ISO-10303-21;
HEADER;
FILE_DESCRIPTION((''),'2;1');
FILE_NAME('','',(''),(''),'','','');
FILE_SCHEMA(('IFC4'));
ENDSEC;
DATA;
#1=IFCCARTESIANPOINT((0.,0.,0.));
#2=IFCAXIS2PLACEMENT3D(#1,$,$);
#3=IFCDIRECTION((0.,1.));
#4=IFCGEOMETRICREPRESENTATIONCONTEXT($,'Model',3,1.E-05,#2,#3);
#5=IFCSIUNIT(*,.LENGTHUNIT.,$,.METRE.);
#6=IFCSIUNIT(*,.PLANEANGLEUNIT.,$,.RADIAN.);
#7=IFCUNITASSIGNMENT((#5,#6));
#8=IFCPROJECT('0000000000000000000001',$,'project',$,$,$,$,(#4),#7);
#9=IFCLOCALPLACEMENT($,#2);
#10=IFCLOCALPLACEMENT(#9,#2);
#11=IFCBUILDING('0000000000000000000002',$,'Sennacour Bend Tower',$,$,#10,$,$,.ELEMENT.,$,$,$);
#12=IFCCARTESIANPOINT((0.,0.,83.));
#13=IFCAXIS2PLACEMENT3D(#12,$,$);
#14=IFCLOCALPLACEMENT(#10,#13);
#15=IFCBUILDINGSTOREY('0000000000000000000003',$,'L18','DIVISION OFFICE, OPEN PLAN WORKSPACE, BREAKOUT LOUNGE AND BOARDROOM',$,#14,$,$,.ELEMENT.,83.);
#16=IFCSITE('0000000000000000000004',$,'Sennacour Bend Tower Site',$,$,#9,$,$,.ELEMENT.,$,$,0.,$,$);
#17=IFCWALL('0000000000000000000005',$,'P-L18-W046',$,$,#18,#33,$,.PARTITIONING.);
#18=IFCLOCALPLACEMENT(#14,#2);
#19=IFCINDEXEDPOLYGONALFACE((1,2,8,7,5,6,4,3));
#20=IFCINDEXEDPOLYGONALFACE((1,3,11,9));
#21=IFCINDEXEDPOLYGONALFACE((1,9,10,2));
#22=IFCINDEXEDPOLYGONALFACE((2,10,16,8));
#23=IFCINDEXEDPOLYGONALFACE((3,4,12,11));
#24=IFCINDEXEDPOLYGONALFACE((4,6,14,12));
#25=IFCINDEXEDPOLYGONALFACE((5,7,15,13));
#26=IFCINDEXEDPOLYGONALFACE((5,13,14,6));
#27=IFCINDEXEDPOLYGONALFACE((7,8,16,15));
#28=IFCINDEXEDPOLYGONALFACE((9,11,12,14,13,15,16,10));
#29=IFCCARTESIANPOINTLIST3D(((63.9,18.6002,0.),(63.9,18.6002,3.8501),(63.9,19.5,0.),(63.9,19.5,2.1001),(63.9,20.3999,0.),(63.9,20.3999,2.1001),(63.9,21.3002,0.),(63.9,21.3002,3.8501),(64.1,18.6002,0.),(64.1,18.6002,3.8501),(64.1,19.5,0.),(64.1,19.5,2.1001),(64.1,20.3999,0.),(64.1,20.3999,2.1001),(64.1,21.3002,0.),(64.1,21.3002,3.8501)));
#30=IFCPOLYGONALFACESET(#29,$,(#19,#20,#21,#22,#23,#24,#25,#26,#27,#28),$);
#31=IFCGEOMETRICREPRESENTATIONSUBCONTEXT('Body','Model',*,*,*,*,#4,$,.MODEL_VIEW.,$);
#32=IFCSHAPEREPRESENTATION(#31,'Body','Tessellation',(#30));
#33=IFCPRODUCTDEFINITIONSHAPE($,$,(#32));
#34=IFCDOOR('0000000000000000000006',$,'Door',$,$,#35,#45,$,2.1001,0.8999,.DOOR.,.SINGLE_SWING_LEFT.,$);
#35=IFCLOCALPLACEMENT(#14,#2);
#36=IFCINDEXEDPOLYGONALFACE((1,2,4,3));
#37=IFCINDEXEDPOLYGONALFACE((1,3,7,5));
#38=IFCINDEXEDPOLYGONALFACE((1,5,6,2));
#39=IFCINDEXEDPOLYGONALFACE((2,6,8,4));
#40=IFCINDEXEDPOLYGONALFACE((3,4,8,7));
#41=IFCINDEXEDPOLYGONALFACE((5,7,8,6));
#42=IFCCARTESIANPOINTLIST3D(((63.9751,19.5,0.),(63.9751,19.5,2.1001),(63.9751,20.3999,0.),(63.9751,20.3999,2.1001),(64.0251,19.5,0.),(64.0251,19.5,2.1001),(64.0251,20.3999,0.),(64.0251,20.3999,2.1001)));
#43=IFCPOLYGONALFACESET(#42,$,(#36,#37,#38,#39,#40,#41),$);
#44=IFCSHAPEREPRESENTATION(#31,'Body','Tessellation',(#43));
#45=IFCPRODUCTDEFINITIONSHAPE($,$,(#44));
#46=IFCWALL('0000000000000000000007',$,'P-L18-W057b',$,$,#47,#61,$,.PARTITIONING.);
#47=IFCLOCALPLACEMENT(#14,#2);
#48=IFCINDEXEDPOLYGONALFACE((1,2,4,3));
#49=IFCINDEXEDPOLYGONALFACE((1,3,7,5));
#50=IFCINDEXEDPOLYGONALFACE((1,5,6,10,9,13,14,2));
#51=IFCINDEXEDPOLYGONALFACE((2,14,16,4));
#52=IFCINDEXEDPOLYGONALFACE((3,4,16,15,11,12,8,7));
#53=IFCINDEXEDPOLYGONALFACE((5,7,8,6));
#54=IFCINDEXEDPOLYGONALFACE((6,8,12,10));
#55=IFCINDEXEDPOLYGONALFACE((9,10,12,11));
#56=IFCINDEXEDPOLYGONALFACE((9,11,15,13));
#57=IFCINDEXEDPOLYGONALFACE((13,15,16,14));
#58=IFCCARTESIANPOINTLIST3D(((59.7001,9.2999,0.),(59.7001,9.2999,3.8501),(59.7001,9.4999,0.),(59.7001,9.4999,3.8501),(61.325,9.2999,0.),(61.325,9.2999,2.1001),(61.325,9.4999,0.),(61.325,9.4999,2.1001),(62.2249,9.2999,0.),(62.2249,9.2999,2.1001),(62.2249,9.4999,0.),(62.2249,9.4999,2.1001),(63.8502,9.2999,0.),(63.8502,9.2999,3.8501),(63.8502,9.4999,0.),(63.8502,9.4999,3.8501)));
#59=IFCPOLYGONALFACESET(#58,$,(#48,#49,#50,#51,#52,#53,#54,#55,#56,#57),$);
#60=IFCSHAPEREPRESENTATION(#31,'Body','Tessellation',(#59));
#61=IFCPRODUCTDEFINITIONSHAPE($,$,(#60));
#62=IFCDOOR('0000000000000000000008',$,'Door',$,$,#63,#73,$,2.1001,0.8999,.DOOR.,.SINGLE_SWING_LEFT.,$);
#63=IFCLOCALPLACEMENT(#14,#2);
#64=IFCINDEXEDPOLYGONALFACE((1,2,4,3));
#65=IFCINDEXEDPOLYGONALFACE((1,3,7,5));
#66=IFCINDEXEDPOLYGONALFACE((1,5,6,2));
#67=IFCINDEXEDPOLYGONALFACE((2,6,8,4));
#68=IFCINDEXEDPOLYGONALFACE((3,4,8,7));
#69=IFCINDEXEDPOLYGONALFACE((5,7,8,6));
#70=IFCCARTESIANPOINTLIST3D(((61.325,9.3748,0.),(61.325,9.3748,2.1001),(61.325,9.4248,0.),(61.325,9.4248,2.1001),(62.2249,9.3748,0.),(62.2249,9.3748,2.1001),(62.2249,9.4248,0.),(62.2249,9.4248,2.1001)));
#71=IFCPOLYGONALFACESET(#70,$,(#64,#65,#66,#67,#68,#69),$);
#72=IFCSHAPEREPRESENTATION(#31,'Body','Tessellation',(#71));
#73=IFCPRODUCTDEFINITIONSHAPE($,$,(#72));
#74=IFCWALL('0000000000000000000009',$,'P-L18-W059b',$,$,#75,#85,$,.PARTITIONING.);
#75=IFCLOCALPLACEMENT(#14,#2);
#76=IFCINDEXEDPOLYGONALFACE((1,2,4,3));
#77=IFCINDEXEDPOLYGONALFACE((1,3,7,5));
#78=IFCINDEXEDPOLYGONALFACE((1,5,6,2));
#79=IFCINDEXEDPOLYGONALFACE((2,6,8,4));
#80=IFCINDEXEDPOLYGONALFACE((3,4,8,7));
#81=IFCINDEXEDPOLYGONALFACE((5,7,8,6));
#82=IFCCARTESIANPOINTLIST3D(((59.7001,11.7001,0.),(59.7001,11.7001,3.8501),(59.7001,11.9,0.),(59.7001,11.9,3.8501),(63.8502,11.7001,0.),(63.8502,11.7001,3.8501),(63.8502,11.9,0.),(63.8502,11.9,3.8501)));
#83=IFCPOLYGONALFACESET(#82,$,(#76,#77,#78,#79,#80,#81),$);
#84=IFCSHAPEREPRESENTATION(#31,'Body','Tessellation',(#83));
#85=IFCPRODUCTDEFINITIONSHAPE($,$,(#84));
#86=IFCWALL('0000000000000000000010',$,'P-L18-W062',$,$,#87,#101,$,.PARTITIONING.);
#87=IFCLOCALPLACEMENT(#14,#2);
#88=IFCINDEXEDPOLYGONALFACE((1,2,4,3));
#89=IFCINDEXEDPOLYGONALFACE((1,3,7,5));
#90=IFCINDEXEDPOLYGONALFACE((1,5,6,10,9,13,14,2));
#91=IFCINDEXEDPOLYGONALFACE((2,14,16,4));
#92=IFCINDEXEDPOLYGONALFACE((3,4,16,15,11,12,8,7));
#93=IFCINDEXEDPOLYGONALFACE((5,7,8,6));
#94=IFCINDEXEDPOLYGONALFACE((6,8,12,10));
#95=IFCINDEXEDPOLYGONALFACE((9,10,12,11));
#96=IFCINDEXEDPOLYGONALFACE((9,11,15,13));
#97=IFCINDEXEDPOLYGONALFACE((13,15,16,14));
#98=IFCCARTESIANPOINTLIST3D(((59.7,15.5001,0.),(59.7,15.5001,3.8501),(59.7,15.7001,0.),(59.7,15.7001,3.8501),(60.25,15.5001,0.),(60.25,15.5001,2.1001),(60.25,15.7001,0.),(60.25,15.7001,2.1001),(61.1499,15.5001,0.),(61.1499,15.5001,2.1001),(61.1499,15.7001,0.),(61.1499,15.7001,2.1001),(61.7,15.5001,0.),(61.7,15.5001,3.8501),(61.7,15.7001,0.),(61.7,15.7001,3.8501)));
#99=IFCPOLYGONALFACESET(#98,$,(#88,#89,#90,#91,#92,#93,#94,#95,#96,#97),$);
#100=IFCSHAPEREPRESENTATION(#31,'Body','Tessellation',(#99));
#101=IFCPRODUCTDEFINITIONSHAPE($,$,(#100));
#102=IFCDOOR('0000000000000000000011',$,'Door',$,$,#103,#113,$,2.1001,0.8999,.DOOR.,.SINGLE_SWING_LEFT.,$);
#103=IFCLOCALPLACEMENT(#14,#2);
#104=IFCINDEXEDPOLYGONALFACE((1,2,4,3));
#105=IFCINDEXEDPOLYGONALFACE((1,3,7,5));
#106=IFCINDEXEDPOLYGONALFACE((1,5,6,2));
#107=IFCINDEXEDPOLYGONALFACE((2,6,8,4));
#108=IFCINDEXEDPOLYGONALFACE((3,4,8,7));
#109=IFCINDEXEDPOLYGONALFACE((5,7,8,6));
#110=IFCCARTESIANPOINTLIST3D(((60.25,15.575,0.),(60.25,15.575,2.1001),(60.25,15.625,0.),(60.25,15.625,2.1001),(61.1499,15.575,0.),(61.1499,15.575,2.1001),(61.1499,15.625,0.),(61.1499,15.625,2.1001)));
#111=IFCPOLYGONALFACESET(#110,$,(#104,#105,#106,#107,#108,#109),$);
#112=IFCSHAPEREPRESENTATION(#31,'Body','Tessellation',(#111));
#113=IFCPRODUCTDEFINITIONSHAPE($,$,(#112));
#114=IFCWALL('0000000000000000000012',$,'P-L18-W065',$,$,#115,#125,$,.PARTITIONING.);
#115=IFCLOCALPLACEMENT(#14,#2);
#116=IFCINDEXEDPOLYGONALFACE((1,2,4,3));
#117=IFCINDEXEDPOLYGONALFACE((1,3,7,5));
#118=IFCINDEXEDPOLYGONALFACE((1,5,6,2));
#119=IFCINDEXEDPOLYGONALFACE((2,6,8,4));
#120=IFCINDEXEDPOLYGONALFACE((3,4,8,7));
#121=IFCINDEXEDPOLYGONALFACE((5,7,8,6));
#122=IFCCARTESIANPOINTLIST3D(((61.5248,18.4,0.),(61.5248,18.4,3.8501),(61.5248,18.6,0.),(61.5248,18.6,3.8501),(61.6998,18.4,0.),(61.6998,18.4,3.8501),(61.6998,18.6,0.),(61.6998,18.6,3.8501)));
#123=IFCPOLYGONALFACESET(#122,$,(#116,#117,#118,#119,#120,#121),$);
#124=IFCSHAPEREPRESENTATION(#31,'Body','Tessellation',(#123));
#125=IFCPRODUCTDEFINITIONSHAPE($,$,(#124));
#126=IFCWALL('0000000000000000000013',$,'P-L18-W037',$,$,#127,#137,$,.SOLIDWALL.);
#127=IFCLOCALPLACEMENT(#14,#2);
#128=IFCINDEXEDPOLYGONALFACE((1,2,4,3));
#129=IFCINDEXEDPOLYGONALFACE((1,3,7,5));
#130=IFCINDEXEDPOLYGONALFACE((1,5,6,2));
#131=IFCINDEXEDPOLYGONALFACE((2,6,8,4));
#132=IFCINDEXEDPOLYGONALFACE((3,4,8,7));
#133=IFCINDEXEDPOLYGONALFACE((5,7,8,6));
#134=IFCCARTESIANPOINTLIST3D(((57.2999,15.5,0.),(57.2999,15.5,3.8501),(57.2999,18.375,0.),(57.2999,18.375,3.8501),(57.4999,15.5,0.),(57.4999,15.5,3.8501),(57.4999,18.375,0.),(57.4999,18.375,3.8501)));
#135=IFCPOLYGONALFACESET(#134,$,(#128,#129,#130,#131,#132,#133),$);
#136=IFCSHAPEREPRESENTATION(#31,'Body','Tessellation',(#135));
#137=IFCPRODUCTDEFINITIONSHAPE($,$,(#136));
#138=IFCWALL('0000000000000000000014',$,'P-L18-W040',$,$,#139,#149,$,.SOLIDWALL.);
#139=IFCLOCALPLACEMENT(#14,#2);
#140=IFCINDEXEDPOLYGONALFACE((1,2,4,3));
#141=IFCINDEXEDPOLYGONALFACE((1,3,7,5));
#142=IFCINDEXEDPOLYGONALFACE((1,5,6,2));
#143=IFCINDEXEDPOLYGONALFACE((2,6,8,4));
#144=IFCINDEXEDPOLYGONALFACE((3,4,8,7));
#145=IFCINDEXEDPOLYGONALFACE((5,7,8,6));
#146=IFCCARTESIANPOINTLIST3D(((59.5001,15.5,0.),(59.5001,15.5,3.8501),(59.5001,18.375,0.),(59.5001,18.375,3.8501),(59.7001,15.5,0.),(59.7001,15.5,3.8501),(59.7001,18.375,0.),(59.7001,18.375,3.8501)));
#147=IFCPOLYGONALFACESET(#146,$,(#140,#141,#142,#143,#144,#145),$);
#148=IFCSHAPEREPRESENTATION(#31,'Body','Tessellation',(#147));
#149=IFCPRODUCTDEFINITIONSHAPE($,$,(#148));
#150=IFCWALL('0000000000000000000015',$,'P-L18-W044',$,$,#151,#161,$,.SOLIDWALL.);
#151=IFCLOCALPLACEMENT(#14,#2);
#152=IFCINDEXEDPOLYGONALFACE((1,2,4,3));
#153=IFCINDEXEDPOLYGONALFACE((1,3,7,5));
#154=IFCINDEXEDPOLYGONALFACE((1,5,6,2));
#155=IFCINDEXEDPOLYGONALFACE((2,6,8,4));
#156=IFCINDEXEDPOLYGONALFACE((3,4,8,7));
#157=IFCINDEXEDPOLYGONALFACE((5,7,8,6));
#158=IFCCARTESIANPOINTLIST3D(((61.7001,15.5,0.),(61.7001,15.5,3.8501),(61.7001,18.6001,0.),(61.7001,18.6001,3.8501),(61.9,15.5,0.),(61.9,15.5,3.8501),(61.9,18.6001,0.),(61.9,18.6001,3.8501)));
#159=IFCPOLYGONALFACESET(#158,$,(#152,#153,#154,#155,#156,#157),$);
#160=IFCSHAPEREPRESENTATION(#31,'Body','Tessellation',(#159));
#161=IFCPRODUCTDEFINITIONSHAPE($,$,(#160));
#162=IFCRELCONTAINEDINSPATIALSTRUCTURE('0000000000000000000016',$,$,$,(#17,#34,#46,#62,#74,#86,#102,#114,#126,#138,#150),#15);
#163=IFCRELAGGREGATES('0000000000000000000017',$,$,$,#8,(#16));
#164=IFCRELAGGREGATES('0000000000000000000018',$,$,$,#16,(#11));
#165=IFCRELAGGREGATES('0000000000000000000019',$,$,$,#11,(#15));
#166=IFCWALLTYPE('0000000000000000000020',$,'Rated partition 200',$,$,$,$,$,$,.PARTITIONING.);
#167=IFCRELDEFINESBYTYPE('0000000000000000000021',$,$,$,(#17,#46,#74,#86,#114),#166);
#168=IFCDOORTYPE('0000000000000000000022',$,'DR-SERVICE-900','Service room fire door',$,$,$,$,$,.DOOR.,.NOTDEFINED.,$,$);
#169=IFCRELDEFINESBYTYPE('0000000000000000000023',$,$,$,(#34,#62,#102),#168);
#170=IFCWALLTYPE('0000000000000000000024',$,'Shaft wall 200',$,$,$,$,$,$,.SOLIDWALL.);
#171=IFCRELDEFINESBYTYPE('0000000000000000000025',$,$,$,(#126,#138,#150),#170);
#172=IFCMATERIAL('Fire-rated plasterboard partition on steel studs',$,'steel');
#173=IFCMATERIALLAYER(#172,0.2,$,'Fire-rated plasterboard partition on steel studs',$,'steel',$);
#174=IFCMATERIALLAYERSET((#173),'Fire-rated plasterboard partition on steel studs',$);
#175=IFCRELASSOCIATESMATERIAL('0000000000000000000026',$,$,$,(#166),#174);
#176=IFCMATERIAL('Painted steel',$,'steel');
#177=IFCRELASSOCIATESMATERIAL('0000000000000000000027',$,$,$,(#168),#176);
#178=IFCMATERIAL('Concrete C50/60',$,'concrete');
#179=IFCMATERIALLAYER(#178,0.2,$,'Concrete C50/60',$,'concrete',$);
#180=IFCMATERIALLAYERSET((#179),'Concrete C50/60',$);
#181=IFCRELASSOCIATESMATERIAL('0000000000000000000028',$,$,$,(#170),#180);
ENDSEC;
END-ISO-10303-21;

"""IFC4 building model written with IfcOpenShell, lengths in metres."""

from ifc_helpers import new_model, si_unit, direction, frame, frame_2d, origin, place, context, subcontext, project, spatial, rectangle, extrude, material, layer, layer_set, type_object, element, fill, save


model = new_model("IFC4")

# Units and contexts
model_context = context("Model", 3, precision=1e-05, world=origin(), true_north=direction((0.0, 1.0)))
body_context = subcontext(model_context, "Body", "Model", "MODEL_VIEW")
ifc_project = project(units=[si_unit("LENGTHUNIT", "METRE"), si_unit("PLANEANGLEUNIT", "RADIAN")], contexts=[model_context])

# Site, building, storey
site_placement = place(None, origin())
site = spatial("IfcSite", under=ifc_project, at=site_placement, Name="Sennacour Bend Tower Site", CompositionType="ELEMENT", RefElevation=0.0)
building_placement = place(site_placement, origin())
building = spatial("IfcBuilding", under=site, at=building_placement, Name="Sennacour Bend Tower", CompositionType="ELEMENT")
storey_placement = place(building_placement, frame((0.0, 0.0, 83.0)))
storey = spatial("IfcBuildingStorey", under=building, at=storey_placement, Name="L18", Description="DIVISION OFFICE, OPEN PLAN WORKSPACE, BREAKOUT LOUNGE AND BOARDROOM", CompositionType="ELEMENT", Elevation=83.0)

# Walls, openings, doors
ifc_material_1 = material(Name="Fire-rated plasterboard partition on steel studs", Category="steel")
ifc_layer_1 = layer(ifc_material_1, 0.2, Name="Fire-rated plasterboard partition on steel studs", Category="steel")
ifc_layer_set_1 = layer_set([ifc_layer_1], Name="Fire-rated plasterboard partition on steel studs")
wall_type_1 = type_object("IfcWallType", Name="Rated partition 200", PredefinedType="PARTITIONING", material=ifc_layer_set_1)
wall_1_placement = place(storey_placement, frame((64.0, 18.6001, 0.0), z_axis=(0.0, 0.0, 1.0), x_axis=(0.0, 1.0, 0.0)))
wall_1 = element("IfcWall", 1, at=wall_1_placement, inside=storey, type_object=wall_type_1, Name="P-L18-W046", PredefinedType="PARTITIONING", context=body_context, shape_type="SweptSolid", body=[
    extrude(rectangle(XDim=2.7, YDim=0.2, at=frame_2d((1.3501, 0.0))), origin(), (0.0, 0.0, 1.0), 3.8501),
])
opening_1_placement = place(wall_1_placement, frame((0.8999, 0.0, 0.0)))
opening_1 = element("IfcOpeningElement", 2, at=opening_1_placement, cuts=wall_1, PredefinedType="OPENING", context=body_context, shape_type="SweptSolid", body=[
    extrude(rectangle(XDim=0.8999, YDim=2.1001, at=frame_2d((0.45, 1.05))), frame((0.0, 0.1099, 0.0), z_axis=(0.0, -1.0, 0.0), x_axis=(1.0, 0.0, 0.0)), (0.0, 0.0, 1.0), 0.22),
])
ifc_material_2 = material(Name="Painted steel", Category="steel")
door_type_1 = type_object("IfcDoorType", Name="DR-SERVICE-900", Description="Service room fire door", OperationType="NOTDEFINED", PredefinedType="DOOR", material=ifc_material_2)
door_1_placement = place(opening_1_placement, origin())
door_1 = element("IfcDoor", 3, at=door_1_placement, inside=storey, type_object=door_type_1, Name="Door", OperationType="SINGLE_SWING_LEFT", OverallHeight=2.1001, OverallWidth=0.8999, PredefinedType="DOOR", context=body_context, shape_type="SweptSolid", body=[
    extrude(rectangle(XDim=0.8999, YDim=2.1001, at=frame_2d((0.45, 1.05))), frame((0.0, 0.0249, 0.0), z_axis=(0.0, -1.0, 0.0), x_axis=(1.0, 0.0, 0.0)), (0.0, 0.0, 1.0), 0.05),
])
fill(opening_1, door_1)
wall_2_placement = place(storey_placement, frame((59.7, 9.3999, 0.0), z_axis=(0.0, 0.0, 1.0), x_axis=(1.0, 0.0, 0.0)))
wall_2 = element("IfcWall", 4, at=wall_2_placement, inside=storey, type_object=wall_type_1, Name="P-L18-W057b", PredefinedType="PARTITIONING", context=body_context, shape_type="SweptSolid", body=[
    extrude(rectangle(XDim=4.1501, YDim=0.2, at=frame_2d((2.0752, 0.0))), origin(), (0.0, 0.0, 1.0), 3.8501),
])
opening_2_placement = place(wall_2_placement, frame((1.625, 0.0, 0.0)))
opening_2 = element("IfcOpeningElement", 5, at=opening_2_placement, cuts=wall_2, PredefinedType="OPENING", context=body_context, shape_type="SweptSolid", body=[
    extrude(rectangle(XDim=0.8999, YDim=2.1001, at=frame_2d((0.45, 1.05))), frame((0.0, 0.1099, 0.0), z_axis=(0.0, -1.0, 0.0), x_axis=(1.0, 0.0, 0.0)), (0.0, 0.0, 1.0), 0.22),
])
door_2_placement = place(opening_2_placement, origin())
door_2 = element("IfcDoor", 6, at=door_2_placement, inside=storey, type_object=door_type_1, Name="Door", OperationType="SINGLE_SWING_LEFT", OverallHeight=2.1001, OverallWidth=0.8999, PredefinedType="DOOR", context=body_context, shape_type="SweptSolid", body=[
    extrude(rectangle(XDim=0.8999, YDim=2.1001, at=frame_2d((0.45, 1.05))), frame((0.0, 0.0249, 0.0), z_axis=(0.0, -1.0, 0.0), x_axis=(1.0, 0.0, 0.0)), (0.0, 0.0, 1.0), 0.05),
])
fill(opening_2, door_2)

# Wall
wall_3_placement = place(storey_placement, frame((59.7, 11.8, 0.0), z_axis=(0.0, 0.0, 1.0), x_axis=(1.0, 0.0, 0.0)))
element("IfcWall", 7, at=wall_3_placement, inside=storey, type_object=wall_type_1, Name="P-L18-W059b", PredefinedType="PARTITIONING", context=body_context, shape_type="SweptSolid", body=[
    extrude(rectangle(XDim=4.1501, YDim=0.2, at=frame_2d((2.0752, 0.0))), origin(), (0.0, 0.0, 1.0), 3.8501),
])

# Wall, opening, door
wall_4_placement = place(storey_placement, frame((59.7, 15.6001, 0.0), z_axis=(0.0, 0.0, 1.0), x_axis=(1.0, 0.0, 0.0)))
wall_4 = element("IfcWall", 8, at=wall_4_placement, inside=storey, type_object=wall_type_1, Name="P-L18-W062", PredefinedType="PARTITIONING", context=body_context, shape_type="SweptSolid", body=[
    extrude(rectangle(XDim=2.0, YDim=0.2, at=frame_2d((1.0, 0.0))), origin(), (0.0, 0.0, 1.0), 3.8501),
])
opening_3_placement = place(wall_4_placement, frame((0.55, 0.0, 0.0)))
opening_3 = element("IfcOpeningElement", 9, at=opening_3_placement, cuts=wall_4, PredefinedType="OPENING", context=body_context, shape_type="SweptSolid", body=[
    extrude(rectangle(XDim=0.8999, YDim=2.1001, at=frame_2d((0.45, 1.05))), frame((0.0, 0.1099, 0.0), z_axis=(0.0, -1.0, 0.0), x_axis=(1.0, 0.0, 0.0)), (0.0, 0.0, 1.0), 0.22),
])
door_3_placement = place(opening_3_placement, origin())
door_3 = element("IfcDoor", 10, at=door_3_placement, inside=storey, type_object=door_type_1, Name="Door", OperationType="SINGLE_SWING_LEFT", OverallHeight=2.1001, OverallWidth=0.8999, PredefinedType="DOOR", context=body_context, shape_type="SweptSolid", body=[
    extrude(rectangle(XDim=0.8999, YDim=2.1001, at=frame_2d((0.45, 1.05))), frame((0.0, 0.0249, 0.0), z_axis=(0.0, -1.0, 0.0), x_axis=(1.0, 0.0, 0.0)), (0.0, 0.0, 1.0), 0.05),
])
fill(opening_3, door_3)

# Walls
wall_5_placement = place(storey_placement, frame((61.5249, 18.5, 0.0), z_axis=(0.0, 0.0, 1.0), x_axis=(1.0, 0.0, 0.0)))
element("IfcWall", 11, at=wall_5_placement, inside=storey, type_object=wall_type_1, Name="P-L18-W065", PredefinedType="PARTITIONING", context=body_context, shape_type="SweptSolid", body=[
    extrude(rectangle(XDim=0.175, YDim=0.2, at=frame_2d((0.0874, 0.0))), origin(), (0.0, 0.0, 1.0), 3.8501),
])
ifc_material_3 = material(Name="Concrete C50/60", Category="concrete")
ifc_layer_2 = layer(ifc_material_3, 0.2, Name="Concrete C50/60", Category="concrete")
ifc_layer_set_2 = layer_set([ifc_layer_2], Name="Concrete C50/60")
wall_type_2 = type_object("IfcWallType", Name="Shaft wall 200", PredefinedType="SOLIDWALL", material=ifc_layer_set_2)
for number, where, z_axis, x_axis, name in (
    (12, (57.3999, 15.5, 0.0), (0.0, 0.0, 1.0), (0.0, 1.0, 0.0), "P-L18-W037"),
    (13, (59.6001, 15.5, 0.0), (0.0, 0.0, 1.0), (0.0, 1.0, 0.0), "P-L18-W040"),
):
    element("IfcWall", number, at=place(storey_placement, frame(where, z_axis=z_axis, x_axis=x_axis)), inside=storey, type_object=wall_type_2, Name=name, PredefinedType="SOLIDWALL", context=body_context, shape_type="SweptSolid", body=[
        extrude(rectangle(XDim=2.875, YDim=0.2, at=frame_2d((1.4375, 0.0))), origin(), (0.0, 0.0, 1.0), 3.8501),
    ])
wall_6_placement = place(storey_placement, frame((61.8, 15.5, 0.0), z_axis=(0.0, 0.0, 1.0), x_axis=(0.0, 1.0, 0.0)))
element("IfcWall", 14, at=wall_6_placement, inside=storey, type_object=wall_type_2, Name="P-L18-W044", PredefinedType="SOLIDWALL", context=body_context, shape_type="SweptSolid", body=[
    extrude(rectangle(XDim=3.1001, YDim=0.2, at=frame_2d((1.55, 0.0))), origin(), (0.0, 0.0, 1.0), 3.8501),
])

save(model, "model.ifc")
